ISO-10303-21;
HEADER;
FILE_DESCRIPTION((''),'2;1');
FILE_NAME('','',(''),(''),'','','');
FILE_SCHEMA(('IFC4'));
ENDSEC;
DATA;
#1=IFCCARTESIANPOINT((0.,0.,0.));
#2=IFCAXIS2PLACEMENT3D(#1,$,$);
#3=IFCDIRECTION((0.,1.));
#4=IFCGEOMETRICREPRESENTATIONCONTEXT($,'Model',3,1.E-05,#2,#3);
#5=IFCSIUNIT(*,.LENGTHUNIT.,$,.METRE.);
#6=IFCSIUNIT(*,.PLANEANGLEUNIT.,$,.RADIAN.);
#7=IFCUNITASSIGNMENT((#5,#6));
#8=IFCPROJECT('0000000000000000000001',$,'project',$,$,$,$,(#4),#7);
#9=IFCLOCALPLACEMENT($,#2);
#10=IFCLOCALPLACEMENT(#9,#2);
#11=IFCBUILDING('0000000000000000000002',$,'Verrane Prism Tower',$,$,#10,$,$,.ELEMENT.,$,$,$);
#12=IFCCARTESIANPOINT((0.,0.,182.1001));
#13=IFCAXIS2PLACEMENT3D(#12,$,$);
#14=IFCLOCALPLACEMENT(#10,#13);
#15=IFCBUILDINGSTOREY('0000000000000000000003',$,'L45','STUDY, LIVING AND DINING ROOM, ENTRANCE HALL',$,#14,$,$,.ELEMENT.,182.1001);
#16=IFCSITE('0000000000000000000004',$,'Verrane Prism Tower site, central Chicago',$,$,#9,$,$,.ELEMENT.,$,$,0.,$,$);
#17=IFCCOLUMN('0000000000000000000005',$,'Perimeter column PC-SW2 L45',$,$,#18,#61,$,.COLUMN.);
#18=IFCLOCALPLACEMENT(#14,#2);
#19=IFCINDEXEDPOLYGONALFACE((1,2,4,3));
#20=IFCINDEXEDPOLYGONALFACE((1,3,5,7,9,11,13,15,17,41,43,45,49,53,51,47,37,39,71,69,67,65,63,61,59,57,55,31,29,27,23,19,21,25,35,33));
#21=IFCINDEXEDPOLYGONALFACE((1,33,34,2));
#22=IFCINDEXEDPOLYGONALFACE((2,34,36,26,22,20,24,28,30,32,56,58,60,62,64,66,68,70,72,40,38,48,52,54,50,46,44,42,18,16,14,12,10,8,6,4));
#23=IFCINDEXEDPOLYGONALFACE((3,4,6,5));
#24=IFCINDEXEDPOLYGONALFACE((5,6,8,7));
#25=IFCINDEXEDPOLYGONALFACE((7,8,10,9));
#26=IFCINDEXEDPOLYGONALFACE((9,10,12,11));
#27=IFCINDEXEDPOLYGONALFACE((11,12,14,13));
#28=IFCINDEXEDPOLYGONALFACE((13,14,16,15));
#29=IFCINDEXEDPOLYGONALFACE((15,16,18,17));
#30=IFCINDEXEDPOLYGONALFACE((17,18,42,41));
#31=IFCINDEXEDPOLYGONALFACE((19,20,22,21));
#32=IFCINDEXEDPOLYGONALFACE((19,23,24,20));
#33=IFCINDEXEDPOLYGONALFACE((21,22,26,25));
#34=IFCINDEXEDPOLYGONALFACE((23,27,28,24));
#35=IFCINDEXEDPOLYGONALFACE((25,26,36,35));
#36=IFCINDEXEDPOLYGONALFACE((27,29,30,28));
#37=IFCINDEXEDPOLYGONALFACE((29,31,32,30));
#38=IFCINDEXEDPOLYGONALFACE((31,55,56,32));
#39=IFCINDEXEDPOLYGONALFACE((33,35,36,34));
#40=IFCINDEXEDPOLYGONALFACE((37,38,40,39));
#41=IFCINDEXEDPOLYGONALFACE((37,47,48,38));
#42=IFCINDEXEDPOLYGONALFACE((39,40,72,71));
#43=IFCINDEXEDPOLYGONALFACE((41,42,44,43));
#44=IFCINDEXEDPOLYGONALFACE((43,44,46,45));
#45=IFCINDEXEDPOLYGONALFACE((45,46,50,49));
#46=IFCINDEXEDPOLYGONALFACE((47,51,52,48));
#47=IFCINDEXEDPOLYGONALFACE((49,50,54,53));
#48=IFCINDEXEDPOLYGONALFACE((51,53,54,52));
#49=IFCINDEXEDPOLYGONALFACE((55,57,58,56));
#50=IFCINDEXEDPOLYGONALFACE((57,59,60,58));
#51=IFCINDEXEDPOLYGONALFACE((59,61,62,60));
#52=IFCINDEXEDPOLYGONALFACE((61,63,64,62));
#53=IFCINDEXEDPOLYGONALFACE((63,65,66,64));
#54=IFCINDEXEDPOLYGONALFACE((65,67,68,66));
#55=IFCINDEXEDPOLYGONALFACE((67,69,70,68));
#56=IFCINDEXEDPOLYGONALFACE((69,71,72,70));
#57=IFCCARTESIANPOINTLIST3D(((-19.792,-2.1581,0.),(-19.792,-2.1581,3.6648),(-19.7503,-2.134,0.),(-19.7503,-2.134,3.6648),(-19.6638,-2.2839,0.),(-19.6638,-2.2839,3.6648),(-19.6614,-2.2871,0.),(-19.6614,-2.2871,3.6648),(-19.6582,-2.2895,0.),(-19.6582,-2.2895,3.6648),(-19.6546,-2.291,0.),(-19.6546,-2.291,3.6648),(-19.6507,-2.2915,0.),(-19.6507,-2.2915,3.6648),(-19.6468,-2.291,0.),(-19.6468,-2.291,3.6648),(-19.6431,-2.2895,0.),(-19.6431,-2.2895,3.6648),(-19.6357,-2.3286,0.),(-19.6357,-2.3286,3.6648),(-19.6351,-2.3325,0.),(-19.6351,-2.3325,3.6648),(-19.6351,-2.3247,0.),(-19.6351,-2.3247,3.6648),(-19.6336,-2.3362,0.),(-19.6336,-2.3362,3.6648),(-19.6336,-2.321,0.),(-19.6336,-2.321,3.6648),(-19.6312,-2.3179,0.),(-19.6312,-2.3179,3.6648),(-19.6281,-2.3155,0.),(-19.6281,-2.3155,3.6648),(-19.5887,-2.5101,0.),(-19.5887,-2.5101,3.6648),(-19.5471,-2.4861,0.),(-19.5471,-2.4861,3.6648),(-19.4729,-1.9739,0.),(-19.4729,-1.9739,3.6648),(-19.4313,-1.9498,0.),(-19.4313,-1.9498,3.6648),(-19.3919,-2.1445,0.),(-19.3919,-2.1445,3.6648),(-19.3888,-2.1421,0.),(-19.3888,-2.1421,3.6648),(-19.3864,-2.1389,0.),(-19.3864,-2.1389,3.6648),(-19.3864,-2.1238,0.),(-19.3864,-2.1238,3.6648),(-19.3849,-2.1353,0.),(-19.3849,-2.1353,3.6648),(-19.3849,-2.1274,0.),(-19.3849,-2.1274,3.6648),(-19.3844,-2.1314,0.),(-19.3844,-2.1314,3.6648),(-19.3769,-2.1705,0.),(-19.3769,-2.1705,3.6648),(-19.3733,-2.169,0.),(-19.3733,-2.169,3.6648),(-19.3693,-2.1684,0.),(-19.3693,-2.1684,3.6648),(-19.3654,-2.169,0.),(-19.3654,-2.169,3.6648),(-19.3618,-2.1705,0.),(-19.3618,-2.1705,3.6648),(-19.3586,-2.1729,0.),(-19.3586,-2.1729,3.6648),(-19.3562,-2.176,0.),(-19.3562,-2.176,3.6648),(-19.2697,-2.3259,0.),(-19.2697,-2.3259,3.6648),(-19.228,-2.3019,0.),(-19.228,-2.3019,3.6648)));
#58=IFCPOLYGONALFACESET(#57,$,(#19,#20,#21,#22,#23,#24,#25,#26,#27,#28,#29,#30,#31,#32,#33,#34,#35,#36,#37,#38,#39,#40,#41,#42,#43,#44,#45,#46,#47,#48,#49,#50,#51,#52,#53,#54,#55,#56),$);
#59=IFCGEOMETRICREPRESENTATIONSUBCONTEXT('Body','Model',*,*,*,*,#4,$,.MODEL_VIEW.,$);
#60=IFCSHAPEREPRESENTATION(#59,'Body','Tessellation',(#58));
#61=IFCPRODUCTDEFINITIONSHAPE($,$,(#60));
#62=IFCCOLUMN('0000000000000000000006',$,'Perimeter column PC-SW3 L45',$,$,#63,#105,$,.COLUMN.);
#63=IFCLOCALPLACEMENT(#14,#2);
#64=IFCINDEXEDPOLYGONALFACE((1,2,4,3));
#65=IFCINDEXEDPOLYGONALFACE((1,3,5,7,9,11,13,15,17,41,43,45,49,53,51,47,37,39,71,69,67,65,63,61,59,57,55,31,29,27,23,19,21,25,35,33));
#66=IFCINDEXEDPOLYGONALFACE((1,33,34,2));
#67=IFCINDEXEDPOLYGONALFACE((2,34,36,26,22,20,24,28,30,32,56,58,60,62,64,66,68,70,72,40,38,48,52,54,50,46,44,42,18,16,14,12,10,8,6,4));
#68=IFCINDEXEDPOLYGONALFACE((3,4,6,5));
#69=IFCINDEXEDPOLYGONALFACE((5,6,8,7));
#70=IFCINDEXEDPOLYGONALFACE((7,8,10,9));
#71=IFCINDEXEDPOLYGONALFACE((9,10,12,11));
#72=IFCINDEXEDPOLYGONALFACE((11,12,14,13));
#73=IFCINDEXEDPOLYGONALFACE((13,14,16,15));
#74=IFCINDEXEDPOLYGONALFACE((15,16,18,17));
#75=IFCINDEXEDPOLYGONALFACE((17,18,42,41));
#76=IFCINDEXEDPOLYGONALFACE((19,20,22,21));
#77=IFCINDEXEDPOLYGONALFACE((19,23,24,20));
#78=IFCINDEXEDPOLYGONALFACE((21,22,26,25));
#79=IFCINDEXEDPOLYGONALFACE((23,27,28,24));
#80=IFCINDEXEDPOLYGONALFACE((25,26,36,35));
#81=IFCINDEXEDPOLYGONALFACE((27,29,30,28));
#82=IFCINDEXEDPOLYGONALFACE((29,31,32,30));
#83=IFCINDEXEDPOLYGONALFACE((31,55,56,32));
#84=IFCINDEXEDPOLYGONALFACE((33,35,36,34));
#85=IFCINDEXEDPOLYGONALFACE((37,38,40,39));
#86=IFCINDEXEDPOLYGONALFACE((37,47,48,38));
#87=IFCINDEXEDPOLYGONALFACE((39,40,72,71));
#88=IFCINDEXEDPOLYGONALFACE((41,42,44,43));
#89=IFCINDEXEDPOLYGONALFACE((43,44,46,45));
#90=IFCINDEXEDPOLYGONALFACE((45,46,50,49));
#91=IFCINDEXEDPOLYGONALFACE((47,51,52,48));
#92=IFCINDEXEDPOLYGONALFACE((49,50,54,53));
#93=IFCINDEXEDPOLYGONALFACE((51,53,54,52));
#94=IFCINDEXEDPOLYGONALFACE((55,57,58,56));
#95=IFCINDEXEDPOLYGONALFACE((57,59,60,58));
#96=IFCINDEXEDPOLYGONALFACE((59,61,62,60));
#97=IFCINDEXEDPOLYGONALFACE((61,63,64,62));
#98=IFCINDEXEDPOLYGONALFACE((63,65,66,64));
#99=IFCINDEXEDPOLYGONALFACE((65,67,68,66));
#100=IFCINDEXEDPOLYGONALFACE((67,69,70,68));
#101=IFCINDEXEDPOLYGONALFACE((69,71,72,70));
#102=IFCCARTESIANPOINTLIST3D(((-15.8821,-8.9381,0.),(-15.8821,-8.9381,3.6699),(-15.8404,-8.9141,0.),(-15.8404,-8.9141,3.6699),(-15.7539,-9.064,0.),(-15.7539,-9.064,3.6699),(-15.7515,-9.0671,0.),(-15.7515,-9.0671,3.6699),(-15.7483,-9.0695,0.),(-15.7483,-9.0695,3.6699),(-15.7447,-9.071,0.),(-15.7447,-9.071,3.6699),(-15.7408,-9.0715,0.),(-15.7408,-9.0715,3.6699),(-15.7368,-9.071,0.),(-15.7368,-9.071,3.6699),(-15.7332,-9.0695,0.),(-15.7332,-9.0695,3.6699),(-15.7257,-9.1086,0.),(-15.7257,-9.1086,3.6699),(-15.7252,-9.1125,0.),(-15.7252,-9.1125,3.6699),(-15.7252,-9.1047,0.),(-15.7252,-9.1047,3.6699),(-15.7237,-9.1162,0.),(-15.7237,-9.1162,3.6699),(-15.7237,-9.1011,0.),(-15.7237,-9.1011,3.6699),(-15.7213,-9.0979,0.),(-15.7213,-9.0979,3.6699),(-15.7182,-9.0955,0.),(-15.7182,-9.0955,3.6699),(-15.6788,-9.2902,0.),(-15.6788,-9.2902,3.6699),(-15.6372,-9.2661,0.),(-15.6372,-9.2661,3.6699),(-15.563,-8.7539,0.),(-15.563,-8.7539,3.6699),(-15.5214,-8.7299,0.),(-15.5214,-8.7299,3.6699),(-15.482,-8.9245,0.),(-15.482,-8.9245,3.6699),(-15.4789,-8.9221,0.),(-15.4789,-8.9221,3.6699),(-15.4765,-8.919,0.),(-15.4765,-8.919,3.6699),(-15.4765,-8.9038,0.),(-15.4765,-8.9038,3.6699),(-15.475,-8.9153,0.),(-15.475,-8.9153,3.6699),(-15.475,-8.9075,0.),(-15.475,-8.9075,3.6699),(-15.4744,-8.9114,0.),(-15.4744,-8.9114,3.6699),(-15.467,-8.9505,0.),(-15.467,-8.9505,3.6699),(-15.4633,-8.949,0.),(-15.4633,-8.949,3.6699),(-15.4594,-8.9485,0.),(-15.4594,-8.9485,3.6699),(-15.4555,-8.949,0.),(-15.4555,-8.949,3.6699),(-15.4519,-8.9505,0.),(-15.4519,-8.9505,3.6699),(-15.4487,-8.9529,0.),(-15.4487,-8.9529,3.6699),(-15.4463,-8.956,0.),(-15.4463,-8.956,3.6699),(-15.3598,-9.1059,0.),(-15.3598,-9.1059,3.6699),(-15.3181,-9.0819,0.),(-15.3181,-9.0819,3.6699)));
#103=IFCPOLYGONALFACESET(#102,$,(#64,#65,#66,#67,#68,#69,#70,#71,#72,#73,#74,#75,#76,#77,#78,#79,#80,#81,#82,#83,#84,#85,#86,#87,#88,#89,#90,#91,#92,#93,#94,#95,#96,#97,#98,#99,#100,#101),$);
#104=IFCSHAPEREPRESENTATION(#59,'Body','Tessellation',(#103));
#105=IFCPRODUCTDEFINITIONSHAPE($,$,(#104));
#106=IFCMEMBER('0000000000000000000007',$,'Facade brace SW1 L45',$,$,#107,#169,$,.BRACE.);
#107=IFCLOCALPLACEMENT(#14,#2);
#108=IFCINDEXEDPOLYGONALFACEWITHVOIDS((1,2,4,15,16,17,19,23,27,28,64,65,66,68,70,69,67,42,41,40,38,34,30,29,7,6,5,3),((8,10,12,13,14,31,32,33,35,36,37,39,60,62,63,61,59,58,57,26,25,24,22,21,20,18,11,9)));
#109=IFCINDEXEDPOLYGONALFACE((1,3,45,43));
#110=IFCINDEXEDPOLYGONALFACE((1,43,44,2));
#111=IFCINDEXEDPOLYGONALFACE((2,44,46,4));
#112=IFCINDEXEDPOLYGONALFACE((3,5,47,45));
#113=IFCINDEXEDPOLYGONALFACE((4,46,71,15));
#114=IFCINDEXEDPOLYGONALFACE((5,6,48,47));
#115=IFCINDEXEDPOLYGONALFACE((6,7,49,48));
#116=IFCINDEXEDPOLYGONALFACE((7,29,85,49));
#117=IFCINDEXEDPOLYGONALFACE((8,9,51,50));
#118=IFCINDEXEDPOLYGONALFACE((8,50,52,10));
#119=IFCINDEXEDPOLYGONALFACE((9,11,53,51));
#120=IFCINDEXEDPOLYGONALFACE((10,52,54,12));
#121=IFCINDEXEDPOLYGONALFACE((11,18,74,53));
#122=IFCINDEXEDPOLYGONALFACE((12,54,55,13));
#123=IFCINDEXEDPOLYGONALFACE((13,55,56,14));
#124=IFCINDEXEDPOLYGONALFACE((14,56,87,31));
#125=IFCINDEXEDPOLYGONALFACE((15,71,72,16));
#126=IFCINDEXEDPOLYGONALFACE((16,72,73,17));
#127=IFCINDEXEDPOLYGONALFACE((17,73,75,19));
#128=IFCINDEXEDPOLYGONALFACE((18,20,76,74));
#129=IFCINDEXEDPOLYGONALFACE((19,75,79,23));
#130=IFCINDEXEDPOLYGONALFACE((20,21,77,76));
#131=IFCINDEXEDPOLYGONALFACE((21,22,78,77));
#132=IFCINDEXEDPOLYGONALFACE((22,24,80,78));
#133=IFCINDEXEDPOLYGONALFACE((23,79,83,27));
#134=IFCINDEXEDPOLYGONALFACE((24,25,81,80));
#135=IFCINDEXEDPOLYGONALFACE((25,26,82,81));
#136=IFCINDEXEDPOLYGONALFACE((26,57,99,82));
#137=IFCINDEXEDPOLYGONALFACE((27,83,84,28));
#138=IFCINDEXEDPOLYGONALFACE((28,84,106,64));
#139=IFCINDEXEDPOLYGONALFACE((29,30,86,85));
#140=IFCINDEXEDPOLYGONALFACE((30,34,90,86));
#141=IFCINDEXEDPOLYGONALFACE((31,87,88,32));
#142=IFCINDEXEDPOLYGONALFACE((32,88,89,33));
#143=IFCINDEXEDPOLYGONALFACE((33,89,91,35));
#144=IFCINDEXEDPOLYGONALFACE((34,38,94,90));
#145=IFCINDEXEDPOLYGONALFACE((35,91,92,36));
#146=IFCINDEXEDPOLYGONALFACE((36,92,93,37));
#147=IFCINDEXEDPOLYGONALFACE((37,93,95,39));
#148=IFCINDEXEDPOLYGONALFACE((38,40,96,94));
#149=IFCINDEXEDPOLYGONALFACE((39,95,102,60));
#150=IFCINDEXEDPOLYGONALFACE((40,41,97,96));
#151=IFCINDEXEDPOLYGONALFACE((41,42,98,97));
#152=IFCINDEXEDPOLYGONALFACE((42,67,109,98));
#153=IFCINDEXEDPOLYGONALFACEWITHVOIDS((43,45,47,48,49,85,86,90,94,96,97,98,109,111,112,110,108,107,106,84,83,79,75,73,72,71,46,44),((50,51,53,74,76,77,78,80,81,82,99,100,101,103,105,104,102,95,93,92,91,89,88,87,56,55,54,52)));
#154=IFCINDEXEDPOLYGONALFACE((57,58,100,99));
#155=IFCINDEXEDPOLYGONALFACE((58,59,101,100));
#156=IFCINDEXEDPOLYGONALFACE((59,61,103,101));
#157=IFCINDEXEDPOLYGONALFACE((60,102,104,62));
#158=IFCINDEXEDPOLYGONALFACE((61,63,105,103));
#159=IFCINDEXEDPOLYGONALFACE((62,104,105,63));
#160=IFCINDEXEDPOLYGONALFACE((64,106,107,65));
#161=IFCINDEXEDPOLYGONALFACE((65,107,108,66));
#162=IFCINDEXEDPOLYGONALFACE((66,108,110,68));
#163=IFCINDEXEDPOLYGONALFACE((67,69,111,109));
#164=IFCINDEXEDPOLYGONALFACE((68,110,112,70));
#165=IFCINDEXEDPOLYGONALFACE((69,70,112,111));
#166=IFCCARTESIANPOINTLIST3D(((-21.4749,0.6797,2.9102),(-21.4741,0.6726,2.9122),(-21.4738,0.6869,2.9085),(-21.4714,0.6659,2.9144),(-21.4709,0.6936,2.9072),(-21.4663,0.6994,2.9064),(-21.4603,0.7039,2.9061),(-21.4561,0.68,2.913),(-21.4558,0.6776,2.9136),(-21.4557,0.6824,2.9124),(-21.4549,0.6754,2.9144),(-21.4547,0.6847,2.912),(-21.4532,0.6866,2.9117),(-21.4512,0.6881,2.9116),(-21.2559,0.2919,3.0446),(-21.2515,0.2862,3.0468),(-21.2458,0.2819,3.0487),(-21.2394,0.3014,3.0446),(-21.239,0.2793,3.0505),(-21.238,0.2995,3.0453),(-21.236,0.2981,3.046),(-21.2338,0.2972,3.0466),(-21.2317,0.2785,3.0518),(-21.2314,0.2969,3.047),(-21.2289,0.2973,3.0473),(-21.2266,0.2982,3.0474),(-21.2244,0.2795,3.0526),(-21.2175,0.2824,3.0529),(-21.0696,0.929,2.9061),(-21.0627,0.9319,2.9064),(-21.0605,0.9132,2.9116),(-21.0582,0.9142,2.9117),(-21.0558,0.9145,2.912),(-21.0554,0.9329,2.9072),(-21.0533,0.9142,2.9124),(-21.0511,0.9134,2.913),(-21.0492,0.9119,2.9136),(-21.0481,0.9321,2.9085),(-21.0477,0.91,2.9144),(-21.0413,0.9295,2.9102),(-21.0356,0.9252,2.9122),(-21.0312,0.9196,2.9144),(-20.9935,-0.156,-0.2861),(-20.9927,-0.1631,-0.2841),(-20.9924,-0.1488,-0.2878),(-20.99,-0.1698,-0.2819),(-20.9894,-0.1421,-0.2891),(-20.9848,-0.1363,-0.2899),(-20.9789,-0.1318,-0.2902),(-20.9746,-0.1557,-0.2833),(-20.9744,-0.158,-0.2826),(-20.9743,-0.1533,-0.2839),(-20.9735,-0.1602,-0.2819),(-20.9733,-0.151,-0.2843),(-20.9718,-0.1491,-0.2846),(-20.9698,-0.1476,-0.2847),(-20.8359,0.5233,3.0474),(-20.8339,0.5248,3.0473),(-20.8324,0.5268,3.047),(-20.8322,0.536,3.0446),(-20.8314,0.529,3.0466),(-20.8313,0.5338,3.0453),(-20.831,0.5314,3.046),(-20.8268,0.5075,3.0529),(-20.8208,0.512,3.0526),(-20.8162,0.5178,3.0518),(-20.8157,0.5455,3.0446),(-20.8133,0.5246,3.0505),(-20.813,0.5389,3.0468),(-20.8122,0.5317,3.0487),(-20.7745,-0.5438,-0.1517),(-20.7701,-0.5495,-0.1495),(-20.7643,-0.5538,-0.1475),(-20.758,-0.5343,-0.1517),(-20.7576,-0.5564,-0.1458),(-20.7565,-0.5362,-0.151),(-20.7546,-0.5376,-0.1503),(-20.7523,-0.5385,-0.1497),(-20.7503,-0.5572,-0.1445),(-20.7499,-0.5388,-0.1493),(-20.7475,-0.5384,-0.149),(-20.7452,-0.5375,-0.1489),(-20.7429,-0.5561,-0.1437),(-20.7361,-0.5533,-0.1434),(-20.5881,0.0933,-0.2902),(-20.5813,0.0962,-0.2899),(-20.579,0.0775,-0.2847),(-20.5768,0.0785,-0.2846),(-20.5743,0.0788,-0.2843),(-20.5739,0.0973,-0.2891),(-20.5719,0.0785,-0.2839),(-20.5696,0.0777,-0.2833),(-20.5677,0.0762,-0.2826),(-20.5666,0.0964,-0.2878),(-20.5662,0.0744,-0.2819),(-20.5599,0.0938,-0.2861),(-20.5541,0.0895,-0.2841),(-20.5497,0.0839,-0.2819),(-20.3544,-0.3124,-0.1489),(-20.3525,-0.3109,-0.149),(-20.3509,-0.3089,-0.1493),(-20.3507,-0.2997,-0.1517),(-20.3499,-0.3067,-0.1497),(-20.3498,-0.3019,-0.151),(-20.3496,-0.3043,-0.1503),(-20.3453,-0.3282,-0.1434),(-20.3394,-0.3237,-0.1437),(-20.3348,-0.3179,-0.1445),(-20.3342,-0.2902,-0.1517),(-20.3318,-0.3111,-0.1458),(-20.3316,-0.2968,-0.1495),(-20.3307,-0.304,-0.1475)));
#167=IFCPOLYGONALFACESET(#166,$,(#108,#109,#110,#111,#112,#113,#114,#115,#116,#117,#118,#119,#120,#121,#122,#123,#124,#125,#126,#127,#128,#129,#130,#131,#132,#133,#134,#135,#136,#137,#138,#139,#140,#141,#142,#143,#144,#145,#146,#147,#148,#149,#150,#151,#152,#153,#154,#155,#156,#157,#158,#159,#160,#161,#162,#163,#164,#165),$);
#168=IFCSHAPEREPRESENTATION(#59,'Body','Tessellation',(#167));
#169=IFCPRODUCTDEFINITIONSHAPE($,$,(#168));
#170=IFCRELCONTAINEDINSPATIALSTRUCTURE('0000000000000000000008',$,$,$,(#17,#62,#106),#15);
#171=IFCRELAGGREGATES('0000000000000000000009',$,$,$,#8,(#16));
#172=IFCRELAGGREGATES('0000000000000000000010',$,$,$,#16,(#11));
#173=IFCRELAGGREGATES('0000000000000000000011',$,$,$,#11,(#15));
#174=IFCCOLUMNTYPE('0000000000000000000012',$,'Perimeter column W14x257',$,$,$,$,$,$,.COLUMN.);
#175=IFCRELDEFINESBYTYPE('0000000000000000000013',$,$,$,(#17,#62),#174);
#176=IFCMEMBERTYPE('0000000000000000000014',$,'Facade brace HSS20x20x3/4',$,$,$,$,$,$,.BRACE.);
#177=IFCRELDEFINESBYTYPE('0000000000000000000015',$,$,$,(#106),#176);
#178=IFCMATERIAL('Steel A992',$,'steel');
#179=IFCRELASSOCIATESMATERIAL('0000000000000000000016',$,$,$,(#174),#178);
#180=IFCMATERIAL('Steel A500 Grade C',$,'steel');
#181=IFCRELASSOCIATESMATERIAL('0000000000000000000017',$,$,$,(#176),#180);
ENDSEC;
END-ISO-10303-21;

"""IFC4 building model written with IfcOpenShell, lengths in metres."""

from ifc_helpers import new_model, si_unit, direction, frame, origin, origin_2d, place, context, subcontext, project, spatial, hollow_rectangle, i_section, extrude, material, material_profile, profile_set, type_object, element, save


model = new_model("IFC4")

# Units and contexts
model_context = context("Model", 3, precision=1e-05, world=origin(), true_north=direction((0.0, 1.0)))
body_context = subcontext(model_context, "Body", "Model", "MODEL_VIEW")
ifc_project = project(units=[si_unit("LENGTHUNIT", "METRE"), si_unit("PLANEANGLEUNIT", "RADIAN")], contexts=[model_context])

# Site, building, storey
site_placement = place(None, origin())
site = spatial("IfcSite", under=ifc_project, at=site_placement, Name="Verrane Prism Tower site, central Chicago", CompositionType="ELEMENT", RefElevation=0.0)
building_placement = place(site_placement, origin())
building = spatial("IfcBuilding", under=site, at=building_placement, Name="Verrane Prism Tower", CompositionType="ELEMENT")
storey_placement = place(building_placement, frame((0.0, 0.0, 182.1001)))
storey = spatial("IfcBuildingStorey", under=building, at=storey_placement, Name="L45", Description="STUDY, LIVING AND DINING ROOM, ENTRANCE HALL", CompositionType="ELEMENT", Elevation=182.1001)

# Columns
ifc_material_1 = material(Name="Steel A992", Category="steel")
ifc_material_profile_1 = material_profile(ifc_material_1, i_section(OverallWidth=0.4065, OverallDepth=0.4165, WebThickness=0.03, FlangeThickness=0.0481, FilletRadius=0.0151, at=origin_2d()), Name="W14x257")
ifc_profile_set_1 = profile_set([ifc_material_profile_1], Name="Steel A992")
column_type = type_object("IfcColumnType", Name="Perimeter column W14x257", PredefinedType="COLUMN", material=ifc_profile_set_1)
column_1_placement = place(storey_placement, frame((-19.51, -2.23, 0.0), z_axis=(0.0, 0.0, 1.0), x_axis=(-0.5, 0.866025, 0.0)))
element("IfcColumn", 1, at=column_1_placement, inside=storey, type_object=column_type, Name="Perimeter column PC-SW2 L45", PredefinedType="COLUMN", context=body_context, shape_type="SweptSolid", body=[
    extrude(i_section(OverallWidth=0.4065, OverallDepth=0.4165, WebThickness=0.03, FlangeThickness=0.0481, FilletRadius=0.0151, at=origin_2d()), origin(), (0.0, 0.0, 1.0), 3.6648),
])
column_2_placement = place(storey_placement, frame((-15.6001, -9.01, 0.0), z_axis=(0.0, 0.0, 1.0), x_axis=(-0.5, 0.866025, 0.0)))
element("IfcColumn", 2, at=column_2_placement, inside=storey, type_object=column_type, Name="Perimeter column PC-SW3 L45", PredefinedType="COLUMN", context=body_context, shape_type="SweptSolid", body=[
    extrude(i_section(OverallWidth=0.4065, OverallDepth=0.4165, WebThickness=0.03, FlangeThickness=0.0481, FilletRadius=0.0151, at=origin_2d()), origin(), (0.0, 0.0, 1.0), 3.6699),
])

# Member
ifc_material_2 = material(Name="Steel A500 Grade C", Category="steel")
ifc_material_profile_2 = material_profile(ifc_material_2, hollow_rectangle(XDim=0.5081, YDim=0.5081, WallThickness=0.019, InnerFilletRadius=0.0095, OuterFilletRadius=0.0286, at=origin_2d()), Name="HSS20x20x3/4")
ifc_profile_set_2 = profile_set([ifc_material_profile_2], Name="Steel A500 Grade C")
member_type_1 = type_object("IfcMemberType", Name="Facade brace HSS20x20x3/4", PredefinedType="BRACE", material=ifc_profile_set_2)
member_1_placement = place(storey_placement, frame((-20.6621, -0.23, -0.2168), z_axis=(-0.144205, 0.25031, 0.957366), x_axis=(-0.866493, -0.499189, 0.0)))
element("IfcMember", 3, at=member_1_placement, inside=storey, type_object=member_type_1, Name="Facade brace SW1 L45", PredefinedType="BRACE", context=body_context, shape_type="SweptSolid", body=[
    extrude(hollow_rectangle(XDim=0.5081, YDim=0.5081, WallThickness=0.019, InnerFilletRadius=0.0095, OuterFilletRadius=0.0286, at=origin_2d()), origin(), (0.0, 0.0, 1.0), 3.3386),
])

save(model, "model.ifc")
